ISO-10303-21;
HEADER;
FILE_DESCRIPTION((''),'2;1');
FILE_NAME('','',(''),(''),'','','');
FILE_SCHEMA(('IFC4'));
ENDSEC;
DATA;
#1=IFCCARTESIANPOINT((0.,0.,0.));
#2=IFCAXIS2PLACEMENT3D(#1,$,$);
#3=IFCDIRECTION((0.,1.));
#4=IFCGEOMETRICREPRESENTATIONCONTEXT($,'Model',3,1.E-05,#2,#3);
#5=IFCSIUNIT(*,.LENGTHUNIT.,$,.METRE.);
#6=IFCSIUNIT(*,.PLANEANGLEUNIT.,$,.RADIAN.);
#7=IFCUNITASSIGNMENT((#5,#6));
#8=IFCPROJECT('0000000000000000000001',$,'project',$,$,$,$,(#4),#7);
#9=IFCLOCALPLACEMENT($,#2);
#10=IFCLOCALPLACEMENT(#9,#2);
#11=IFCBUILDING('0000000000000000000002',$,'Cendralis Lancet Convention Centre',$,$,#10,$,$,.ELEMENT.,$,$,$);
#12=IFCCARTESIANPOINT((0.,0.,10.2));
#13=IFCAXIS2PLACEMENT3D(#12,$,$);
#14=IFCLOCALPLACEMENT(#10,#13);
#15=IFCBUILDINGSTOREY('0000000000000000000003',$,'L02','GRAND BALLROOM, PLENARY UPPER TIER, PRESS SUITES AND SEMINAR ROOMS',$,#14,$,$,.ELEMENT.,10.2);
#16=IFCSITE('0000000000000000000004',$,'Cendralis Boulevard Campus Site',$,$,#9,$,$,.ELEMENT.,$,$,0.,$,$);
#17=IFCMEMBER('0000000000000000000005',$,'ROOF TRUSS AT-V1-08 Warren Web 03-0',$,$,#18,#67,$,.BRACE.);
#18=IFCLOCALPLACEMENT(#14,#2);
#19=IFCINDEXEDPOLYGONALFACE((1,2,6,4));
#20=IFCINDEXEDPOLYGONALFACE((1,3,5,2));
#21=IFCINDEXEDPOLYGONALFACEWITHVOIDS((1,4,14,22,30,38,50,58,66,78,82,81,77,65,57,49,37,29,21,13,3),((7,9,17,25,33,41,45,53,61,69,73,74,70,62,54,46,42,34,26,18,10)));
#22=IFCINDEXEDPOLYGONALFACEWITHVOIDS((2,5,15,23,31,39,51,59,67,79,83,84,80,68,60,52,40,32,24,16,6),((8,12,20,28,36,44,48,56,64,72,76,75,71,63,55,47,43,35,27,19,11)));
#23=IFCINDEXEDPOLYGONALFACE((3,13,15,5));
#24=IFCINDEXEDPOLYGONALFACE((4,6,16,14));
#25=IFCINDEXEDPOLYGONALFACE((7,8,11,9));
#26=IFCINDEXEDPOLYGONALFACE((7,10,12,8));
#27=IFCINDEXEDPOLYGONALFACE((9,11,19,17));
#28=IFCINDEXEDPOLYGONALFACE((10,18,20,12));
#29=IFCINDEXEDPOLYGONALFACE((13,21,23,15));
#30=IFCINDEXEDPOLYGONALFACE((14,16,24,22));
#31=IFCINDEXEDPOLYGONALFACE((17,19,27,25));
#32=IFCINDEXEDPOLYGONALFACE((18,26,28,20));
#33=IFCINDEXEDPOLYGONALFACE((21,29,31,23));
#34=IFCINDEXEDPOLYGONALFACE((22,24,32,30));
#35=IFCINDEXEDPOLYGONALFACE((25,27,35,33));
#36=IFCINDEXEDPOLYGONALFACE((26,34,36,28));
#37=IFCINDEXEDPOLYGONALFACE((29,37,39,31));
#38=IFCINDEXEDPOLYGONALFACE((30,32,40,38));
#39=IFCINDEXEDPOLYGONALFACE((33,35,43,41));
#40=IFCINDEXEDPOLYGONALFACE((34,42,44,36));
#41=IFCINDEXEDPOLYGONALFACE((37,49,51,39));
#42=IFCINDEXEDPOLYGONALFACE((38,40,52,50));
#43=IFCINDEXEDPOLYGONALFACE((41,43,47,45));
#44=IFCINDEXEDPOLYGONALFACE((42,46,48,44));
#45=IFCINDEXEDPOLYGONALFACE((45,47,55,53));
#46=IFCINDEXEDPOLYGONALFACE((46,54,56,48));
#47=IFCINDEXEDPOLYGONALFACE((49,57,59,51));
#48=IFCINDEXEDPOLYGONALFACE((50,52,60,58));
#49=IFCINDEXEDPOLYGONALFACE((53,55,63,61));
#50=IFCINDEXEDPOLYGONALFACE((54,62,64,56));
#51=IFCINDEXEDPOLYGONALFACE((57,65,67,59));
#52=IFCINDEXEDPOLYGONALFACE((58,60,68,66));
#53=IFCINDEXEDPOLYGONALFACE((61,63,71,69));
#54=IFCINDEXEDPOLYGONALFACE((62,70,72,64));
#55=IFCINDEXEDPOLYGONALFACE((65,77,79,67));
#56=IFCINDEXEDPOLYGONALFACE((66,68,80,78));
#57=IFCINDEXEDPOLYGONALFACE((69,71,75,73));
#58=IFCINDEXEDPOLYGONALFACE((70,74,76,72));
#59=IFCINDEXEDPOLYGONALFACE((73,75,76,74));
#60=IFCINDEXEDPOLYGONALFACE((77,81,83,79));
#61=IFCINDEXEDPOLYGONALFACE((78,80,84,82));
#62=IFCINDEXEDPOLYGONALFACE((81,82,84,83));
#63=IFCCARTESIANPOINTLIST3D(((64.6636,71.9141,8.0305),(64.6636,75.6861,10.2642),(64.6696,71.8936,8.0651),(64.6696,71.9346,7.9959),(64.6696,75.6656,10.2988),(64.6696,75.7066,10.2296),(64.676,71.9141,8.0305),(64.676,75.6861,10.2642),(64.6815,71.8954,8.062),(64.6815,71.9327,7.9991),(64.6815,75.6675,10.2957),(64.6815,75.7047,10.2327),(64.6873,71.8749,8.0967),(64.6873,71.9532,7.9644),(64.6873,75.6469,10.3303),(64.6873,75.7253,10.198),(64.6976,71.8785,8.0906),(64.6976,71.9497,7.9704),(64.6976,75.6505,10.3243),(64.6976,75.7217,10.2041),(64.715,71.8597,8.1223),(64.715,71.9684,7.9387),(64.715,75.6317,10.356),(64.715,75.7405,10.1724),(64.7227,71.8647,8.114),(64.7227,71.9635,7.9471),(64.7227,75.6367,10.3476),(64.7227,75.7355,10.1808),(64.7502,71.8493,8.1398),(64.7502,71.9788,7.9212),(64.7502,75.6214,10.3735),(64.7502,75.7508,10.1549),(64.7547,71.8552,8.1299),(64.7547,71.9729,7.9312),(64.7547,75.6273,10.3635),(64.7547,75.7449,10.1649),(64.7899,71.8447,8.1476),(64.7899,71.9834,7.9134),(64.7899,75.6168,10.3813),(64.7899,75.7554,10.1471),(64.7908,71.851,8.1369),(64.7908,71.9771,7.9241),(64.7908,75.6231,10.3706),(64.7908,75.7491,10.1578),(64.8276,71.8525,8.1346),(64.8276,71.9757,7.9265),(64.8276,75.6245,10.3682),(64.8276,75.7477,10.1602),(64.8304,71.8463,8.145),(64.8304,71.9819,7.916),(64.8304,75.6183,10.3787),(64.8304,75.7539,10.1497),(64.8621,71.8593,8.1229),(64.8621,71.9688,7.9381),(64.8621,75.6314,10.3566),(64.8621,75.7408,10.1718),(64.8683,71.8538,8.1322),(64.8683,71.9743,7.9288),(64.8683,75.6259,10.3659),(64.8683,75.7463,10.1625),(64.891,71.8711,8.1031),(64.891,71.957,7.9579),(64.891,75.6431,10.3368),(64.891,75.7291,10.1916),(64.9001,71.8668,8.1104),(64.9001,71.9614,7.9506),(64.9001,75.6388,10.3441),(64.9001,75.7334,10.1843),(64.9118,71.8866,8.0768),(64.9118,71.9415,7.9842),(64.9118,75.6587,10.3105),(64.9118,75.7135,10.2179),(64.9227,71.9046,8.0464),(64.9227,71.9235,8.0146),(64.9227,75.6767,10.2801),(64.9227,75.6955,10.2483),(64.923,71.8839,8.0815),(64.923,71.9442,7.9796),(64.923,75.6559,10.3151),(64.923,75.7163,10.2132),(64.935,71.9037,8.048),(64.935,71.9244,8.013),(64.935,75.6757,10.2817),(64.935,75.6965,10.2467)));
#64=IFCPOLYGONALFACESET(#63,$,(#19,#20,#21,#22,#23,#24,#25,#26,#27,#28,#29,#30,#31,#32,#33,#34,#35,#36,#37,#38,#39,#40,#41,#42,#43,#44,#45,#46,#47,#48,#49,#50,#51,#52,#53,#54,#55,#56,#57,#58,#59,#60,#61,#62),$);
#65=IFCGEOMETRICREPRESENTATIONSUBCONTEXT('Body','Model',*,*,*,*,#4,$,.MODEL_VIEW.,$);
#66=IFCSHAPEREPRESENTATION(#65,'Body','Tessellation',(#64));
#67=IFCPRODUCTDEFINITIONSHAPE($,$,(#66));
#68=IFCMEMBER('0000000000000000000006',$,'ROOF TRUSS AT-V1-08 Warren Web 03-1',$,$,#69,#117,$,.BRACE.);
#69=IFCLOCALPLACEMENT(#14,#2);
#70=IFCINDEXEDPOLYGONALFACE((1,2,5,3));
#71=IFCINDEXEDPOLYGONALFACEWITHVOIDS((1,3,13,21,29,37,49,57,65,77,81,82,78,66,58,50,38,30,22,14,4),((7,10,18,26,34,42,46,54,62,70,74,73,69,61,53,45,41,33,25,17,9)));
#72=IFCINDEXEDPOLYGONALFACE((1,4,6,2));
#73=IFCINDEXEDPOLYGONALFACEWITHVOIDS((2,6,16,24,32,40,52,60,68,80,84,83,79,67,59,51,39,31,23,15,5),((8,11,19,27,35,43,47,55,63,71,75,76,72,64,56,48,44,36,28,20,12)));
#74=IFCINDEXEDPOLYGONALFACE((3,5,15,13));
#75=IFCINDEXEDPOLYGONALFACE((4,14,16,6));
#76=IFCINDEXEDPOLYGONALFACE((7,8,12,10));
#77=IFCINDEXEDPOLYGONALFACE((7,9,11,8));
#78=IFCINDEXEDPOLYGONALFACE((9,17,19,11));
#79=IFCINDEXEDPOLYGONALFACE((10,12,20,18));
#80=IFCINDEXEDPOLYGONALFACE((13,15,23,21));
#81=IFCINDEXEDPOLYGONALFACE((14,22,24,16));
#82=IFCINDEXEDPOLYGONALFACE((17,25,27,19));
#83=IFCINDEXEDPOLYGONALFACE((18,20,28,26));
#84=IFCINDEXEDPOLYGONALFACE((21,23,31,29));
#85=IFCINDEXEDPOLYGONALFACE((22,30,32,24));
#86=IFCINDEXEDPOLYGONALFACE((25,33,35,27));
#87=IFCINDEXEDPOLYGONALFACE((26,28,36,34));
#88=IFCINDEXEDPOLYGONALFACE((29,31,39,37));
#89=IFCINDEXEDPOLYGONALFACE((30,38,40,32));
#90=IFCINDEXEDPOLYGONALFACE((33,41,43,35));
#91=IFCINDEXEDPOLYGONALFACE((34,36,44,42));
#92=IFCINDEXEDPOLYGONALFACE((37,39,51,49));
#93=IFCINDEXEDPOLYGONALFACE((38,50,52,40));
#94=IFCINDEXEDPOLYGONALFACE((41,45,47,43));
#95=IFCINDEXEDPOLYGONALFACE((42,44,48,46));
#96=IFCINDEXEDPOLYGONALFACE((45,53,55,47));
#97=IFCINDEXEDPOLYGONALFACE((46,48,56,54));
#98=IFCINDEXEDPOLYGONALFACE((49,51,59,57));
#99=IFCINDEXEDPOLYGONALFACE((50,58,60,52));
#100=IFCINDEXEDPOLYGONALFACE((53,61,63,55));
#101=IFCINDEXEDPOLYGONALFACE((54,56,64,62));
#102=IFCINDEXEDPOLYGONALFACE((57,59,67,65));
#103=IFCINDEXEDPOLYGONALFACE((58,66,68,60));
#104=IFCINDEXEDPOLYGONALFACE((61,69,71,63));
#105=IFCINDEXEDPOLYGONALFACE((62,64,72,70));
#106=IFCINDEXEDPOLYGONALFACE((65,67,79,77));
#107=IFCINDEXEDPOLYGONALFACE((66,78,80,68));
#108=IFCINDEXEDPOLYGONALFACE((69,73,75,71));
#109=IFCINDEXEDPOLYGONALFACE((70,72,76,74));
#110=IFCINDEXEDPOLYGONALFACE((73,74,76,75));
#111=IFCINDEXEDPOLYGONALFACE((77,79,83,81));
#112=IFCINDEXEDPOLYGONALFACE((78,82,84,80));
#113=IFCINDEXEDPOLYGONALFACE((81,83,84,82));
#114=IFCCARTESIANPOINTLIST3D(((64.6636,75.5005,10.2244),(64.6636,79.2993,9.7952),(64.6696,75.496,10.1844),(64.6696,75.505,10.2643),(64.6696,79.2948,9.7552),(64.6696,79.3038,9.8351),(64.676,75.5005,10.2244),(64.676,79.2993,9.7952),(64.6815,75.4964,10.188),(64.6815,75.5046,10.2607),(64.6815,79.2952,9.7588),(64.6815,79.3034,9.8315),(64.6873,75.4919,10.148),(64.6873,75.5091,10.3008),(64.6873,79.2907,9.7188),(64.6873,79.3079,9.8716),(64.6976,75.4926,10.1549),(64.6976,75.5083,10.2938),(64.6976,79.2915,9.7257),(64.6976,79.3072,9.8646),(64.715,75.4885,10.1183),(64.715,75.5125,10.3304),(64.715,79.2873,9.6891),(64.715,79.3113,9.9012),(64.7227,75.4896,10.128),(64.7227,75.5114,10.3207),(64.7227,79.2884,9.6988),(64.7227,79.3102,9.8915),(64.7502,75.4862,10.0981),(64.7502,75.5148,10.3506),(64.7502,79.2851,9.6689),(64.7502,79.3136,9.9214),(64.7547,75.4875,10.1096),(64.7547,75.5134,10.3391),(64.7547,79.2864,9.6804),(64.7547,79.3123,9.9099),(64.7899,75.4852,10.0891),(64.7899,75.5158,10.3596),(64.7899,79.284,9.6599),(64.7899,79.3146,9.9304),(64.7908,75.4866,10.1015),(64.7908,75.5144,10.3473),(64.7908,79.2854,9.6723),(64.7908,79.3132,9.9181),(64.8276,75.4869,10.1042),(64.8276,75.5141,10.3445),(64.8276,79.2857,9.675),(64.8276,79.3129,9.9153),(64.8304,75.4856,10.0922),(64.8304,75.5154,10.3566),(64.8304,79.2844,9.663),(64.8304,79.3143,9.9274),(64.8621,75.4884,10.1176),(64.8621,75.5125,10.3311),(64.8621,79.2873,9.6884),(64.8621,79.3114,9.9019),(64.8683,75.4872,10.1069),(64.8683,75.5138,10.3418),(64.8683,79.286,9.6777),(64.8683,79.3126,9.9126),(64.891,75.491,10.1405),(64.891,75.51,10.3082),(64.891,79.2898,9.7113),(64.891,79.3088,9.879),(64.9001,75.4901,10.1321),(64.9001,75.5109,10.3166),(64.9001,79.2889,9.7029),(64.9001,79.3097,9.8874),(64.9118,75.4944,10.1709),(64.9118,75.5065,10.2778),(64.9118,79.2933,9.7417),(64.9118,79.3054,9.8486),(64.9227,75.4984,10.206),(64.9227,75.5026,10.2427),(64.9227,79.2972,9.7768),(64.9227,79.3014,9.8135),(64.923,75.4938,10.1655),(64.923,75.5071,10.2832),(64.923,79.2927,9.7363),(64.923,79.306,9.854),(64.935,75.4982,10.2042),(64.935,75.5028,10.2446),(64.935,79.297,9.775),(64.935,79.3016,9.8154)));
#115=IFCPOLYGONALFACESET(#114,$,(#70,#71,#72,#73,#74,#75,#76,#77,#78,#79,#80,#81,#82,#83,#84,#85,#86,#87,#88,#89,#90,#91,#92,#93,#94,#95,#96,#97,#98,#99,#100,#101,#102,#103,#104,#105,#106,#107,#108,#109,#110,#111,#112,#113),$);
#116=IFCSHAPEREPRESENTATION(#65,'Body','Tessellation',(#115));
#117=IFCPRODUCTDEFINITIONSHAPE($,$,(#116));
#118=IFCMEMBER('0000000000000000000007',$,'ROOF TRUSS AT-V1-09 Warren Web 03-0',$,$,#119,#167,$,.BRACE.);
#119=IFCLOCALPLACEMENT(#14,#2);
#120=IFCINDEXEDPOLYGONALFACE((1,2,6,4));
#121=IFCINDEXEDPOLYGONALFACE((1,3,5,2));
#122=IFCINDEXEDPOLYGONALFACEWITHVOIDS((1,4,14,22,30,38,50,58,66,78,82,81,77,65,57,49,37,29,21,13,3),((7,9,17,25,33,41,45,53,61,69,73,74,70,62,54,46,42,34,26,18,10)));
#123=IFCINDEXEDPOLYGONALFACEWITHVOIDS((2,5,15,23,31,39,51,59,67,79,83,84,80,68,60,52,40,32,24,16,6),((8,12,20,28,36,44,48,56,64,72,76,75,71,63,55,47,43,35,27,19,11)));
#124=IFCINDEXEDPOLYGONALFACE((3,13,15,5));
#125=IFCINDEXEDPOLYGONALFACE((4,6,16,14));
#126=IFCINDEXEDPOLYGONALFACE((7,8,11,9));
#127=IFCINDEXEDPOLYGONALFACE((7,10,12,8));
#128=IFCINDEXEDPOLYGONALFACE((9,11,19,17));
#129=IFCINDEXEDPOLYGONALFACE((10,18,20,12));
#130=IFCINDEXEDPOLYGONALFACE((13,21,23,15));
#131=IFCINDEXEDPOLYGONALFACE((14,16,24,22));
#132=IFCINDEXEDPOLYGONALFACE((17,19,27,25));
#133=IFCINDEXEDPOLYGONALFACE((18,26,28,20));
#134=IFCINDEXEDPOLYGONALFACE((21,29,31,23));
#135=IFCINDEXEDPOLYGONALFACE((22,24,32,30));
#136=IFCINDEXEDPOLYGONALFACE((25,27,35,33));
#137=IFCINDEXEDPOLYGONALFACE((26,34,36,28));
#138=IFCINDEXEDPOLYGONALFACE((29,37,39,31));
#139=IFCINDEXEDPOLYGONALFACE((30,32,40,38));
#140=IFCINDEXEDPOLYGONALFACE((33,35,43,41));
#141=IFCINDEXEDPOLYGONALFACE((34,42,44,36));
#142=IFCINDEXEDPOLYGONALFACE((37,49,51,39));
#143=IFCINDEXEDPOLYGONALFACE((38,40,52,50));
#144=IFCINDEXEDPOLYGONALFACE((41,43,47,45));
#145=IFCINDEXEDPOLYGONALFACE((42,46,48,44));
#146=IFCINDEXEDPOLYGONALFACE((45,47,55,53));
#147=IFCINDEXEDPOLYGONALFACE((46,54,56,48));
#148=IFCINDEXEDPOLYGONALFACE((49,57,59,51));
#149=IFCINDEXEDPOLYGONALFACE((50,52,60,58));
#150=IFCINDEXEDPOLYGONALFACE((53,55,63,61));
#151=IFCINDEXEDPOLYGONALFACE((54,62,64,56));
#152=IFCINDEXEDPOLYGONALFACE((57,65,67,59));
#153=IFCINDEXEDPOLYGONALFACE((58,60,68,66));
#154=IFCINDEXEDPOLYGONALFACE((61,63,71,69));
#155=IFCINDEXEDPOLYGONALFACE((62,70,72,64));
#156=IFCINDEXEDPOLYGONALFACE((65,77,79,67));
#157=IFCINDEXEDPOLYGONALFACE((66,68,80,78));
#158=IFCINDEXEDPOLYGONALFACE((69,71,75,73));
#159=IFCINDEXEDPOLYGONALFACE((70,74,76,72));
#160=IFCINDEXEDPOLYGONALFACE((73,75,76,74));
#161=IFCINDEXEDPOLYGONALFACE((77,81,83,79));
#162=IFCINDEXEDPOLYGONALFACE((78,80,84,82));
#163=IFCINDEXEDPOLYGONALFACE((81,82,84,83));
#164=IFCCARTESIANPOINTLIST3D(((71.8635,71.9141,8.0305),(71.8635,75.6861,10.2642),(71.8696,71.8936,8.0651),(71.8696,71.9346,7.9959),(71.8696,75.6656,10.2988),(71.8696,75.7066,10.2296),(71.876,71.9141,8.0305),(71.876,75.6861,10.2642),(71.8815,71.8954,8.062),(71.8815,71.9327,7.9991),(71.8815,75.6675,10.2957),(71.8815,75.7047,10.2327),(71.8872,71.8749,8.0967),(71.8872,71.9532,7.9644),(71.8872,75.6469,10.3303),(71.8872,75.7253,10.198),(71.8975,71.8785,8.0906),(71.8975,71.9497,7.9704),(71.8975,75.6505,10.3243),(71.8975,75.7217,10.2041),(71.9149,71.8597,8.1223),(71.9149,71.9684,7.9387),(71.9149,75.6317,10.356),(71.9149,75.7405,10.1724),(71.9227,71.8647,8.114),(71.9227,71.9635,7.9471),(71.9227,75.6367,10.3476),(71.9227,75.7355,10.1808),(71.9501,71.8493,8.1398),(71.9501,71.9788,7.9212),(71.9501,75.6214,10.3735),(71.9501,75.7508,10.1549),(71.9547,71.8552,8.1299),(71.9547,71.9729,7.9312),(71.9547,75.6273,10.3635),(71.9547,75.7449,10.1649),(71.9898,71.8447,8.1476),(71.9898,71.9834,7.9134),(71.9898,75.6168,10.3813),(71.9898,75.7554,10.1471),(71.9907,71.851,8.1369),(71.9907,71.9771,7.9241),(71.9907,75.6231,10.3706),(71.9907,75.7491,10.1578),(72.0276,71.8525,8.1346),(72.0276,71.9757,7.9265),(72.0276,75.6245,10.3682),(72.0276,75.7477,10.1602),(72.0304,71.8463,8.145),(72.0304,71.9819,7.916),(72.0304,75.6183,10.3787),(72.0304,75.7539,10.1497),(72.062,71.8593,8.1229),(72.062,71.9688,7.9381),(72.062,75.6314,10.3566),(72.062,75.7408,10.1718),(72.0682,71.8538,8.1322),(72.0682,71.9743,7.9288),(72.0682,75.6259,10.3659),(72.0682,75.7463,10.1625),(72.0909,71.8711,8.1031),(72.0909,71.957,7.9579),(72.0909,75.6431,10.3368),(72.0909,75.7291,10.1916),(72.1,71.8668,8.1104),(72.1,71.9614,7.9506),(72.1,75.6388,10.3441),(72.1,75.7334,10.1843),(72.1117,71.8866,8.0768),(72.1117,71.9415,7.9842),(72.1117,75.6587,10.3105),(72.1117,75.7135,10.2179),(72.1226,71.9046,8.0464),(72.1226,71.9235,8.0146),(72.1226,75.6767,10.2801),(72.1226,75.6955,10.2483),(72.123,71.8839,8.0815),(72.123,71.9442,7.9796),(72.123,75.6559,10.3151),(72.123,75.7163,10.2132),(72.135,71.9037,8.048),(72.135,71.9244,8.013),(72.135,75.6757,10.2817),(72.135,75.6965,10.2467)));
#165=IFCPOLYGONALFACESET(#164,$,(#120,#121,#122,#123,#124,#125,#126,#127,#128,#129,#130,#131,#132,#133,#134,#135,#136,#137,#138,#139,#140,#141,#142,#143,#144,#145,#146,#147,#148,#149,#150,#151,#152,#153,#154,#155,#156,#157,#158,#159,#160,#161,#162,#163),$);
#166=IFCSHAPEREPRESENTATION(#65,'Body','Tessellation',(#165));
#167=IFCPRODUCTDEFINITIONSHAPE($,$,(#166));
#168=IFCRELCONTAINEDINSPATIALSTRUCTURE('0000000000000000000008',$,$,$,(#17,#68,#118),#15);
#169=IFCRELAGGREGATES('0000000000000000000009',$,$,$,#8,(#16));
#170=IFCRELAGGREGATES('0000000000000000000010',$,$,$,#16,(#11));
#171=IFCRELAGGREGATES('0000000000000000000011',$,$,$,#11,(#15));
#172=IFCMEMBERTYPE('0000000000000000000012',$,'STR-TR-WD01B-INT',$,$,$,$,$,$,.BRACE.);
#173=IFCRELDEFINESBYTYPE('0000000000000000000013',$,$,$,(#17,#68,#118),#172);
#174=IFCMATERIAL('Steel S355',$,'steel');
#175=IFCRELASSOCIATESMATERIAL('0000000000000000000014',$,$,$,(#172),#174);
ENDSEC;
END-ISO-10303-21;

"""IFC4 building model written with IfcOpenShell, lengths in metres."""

from ifc_helpers import new_model, si_unit, direction, frame, origin, origin_2d, place, context, subcontext, project, spatial, hollow_circle, extrude, material, material_profile, profile_set, type_object, element, save


model = new_model("IFC4")

# Units and contexts
model_context = context("Model", 3, precision=1e-05, world=origin(), true_north=direction((0.0, 1.0)))
body_context = subcontext(model_context, "Body", "Model", "MODEL_VIEW")
ifc_project = project(units=[si_unit("LENGTHUNIT", "METRE"), si_unit("PLANEANGLEUNIT", "RADIAN")], contexts=[model_context])

# Site, building, storey
site_placement = place(None, origin())
site = spatial("IfcSite", under=ifc_project, at=site_placement, Name="Cendralis Boulevard Campus Site", CompositionType="ELEMENT", RefElevation=0.0)
building_placement = place(site_placement, origin())
building = spatial("IfcBuilding", under=site, at=building_placement, Name="Cendralis Lancet Convention Centre", CompositionType="ELEMENT")
storey_placement = place(building_placement, frame((0.0, 0.0, 10.2)))
storey = spatial("IfcBuildingStorey", under=building, at=storey_placement, Name="L02", Description="GRAND BALLROOM, PLENARY UPPER TIER, PRESS SUITES AND SEMINAR ROOMS", CompositionType="ELEMENT", Elevation=10.2)

# Members
ifc_material = material(Name="Steel S355", Category="steel")
ifc_material_profile_1 = material_profile(ifc_material, hollow_circle(Radius=0.1365, WallThickness=0.0125, at=origin_2d()), Name="CHS 273.0x12.5")
ifc_profile_set_1 = profile_set([ifc_material_profile_1], Name="Steel S355")
member_type_1 = type_object("IfcMemberType", Name="STR-TR-WD01B-INT", PredefinedType="BRACE", material=ifc_profile_set_1)
member_1_placement = place(storey_placement, frame((64.8, 71.9141, 8.0305), z_axis=(0.0, 0.860452, 0.509532), x_axis=(-1.0, 0.0, 0.0)))
element("IfcMember", 1, at=member_1_placement, inside=storey, type_object=member_type_1, Name="ROOF TRUSS AT-V1-08 Warren Web 03-0", PredefinedType="BRACE", context=body_context, shape_type="SweptSolid", body=[
    extrude(hollow_circle(Radius=0.1365, WallThickness=0.0125, at=origin_2d()), origin(), (0.0, 0.0, 1.0), 4.3838),
])
member_2_placement = place(storey_placement, frame((64.8, 75.5005, 10.2244), z_axis=(0.0, 0.993678, -0.112268), x_axis=(-1.0, 0.0, 0.0)))
element("IfcMember", 2, at=member_2_placement, inside=storey, type_object=member_type_1, Name="ROOF TRUSS AT-V1-08 Warren Web 03-1", PredefinedType="BRACE", context=body_context, shape_type="SweptSolid", body=[
    extrude(hollow_circle(Radius=0.1365, WallThickness=0.0125, at=origin_2d()), origin(), (0.0, 0.0, 1.0), 3.823),
])
member_3_placement = place(storey_placement, frame((72.0, 71.9141, 8.0305), z_axis=(0.0, 0.860452, 0.509532), x_axis=(-1.0, 0.0, 0.0)))
element("IfcMember", 3, at=member_3_placement, inside=storey, type_object=member_type_1, Name="ROOF TRUSS AT-V1-09 Warren Web 03-0", PredefinedType="BRACE", context=body_context, shape_type="SweptSolid", body=[
    extrude(hollow_circle(Radius=0.1365, WallThickness=0.0125, at=origin_2d()), origin(), (0.0, 0.0, 1.0), 4.3838),
])

save(model, "model.ifc")
